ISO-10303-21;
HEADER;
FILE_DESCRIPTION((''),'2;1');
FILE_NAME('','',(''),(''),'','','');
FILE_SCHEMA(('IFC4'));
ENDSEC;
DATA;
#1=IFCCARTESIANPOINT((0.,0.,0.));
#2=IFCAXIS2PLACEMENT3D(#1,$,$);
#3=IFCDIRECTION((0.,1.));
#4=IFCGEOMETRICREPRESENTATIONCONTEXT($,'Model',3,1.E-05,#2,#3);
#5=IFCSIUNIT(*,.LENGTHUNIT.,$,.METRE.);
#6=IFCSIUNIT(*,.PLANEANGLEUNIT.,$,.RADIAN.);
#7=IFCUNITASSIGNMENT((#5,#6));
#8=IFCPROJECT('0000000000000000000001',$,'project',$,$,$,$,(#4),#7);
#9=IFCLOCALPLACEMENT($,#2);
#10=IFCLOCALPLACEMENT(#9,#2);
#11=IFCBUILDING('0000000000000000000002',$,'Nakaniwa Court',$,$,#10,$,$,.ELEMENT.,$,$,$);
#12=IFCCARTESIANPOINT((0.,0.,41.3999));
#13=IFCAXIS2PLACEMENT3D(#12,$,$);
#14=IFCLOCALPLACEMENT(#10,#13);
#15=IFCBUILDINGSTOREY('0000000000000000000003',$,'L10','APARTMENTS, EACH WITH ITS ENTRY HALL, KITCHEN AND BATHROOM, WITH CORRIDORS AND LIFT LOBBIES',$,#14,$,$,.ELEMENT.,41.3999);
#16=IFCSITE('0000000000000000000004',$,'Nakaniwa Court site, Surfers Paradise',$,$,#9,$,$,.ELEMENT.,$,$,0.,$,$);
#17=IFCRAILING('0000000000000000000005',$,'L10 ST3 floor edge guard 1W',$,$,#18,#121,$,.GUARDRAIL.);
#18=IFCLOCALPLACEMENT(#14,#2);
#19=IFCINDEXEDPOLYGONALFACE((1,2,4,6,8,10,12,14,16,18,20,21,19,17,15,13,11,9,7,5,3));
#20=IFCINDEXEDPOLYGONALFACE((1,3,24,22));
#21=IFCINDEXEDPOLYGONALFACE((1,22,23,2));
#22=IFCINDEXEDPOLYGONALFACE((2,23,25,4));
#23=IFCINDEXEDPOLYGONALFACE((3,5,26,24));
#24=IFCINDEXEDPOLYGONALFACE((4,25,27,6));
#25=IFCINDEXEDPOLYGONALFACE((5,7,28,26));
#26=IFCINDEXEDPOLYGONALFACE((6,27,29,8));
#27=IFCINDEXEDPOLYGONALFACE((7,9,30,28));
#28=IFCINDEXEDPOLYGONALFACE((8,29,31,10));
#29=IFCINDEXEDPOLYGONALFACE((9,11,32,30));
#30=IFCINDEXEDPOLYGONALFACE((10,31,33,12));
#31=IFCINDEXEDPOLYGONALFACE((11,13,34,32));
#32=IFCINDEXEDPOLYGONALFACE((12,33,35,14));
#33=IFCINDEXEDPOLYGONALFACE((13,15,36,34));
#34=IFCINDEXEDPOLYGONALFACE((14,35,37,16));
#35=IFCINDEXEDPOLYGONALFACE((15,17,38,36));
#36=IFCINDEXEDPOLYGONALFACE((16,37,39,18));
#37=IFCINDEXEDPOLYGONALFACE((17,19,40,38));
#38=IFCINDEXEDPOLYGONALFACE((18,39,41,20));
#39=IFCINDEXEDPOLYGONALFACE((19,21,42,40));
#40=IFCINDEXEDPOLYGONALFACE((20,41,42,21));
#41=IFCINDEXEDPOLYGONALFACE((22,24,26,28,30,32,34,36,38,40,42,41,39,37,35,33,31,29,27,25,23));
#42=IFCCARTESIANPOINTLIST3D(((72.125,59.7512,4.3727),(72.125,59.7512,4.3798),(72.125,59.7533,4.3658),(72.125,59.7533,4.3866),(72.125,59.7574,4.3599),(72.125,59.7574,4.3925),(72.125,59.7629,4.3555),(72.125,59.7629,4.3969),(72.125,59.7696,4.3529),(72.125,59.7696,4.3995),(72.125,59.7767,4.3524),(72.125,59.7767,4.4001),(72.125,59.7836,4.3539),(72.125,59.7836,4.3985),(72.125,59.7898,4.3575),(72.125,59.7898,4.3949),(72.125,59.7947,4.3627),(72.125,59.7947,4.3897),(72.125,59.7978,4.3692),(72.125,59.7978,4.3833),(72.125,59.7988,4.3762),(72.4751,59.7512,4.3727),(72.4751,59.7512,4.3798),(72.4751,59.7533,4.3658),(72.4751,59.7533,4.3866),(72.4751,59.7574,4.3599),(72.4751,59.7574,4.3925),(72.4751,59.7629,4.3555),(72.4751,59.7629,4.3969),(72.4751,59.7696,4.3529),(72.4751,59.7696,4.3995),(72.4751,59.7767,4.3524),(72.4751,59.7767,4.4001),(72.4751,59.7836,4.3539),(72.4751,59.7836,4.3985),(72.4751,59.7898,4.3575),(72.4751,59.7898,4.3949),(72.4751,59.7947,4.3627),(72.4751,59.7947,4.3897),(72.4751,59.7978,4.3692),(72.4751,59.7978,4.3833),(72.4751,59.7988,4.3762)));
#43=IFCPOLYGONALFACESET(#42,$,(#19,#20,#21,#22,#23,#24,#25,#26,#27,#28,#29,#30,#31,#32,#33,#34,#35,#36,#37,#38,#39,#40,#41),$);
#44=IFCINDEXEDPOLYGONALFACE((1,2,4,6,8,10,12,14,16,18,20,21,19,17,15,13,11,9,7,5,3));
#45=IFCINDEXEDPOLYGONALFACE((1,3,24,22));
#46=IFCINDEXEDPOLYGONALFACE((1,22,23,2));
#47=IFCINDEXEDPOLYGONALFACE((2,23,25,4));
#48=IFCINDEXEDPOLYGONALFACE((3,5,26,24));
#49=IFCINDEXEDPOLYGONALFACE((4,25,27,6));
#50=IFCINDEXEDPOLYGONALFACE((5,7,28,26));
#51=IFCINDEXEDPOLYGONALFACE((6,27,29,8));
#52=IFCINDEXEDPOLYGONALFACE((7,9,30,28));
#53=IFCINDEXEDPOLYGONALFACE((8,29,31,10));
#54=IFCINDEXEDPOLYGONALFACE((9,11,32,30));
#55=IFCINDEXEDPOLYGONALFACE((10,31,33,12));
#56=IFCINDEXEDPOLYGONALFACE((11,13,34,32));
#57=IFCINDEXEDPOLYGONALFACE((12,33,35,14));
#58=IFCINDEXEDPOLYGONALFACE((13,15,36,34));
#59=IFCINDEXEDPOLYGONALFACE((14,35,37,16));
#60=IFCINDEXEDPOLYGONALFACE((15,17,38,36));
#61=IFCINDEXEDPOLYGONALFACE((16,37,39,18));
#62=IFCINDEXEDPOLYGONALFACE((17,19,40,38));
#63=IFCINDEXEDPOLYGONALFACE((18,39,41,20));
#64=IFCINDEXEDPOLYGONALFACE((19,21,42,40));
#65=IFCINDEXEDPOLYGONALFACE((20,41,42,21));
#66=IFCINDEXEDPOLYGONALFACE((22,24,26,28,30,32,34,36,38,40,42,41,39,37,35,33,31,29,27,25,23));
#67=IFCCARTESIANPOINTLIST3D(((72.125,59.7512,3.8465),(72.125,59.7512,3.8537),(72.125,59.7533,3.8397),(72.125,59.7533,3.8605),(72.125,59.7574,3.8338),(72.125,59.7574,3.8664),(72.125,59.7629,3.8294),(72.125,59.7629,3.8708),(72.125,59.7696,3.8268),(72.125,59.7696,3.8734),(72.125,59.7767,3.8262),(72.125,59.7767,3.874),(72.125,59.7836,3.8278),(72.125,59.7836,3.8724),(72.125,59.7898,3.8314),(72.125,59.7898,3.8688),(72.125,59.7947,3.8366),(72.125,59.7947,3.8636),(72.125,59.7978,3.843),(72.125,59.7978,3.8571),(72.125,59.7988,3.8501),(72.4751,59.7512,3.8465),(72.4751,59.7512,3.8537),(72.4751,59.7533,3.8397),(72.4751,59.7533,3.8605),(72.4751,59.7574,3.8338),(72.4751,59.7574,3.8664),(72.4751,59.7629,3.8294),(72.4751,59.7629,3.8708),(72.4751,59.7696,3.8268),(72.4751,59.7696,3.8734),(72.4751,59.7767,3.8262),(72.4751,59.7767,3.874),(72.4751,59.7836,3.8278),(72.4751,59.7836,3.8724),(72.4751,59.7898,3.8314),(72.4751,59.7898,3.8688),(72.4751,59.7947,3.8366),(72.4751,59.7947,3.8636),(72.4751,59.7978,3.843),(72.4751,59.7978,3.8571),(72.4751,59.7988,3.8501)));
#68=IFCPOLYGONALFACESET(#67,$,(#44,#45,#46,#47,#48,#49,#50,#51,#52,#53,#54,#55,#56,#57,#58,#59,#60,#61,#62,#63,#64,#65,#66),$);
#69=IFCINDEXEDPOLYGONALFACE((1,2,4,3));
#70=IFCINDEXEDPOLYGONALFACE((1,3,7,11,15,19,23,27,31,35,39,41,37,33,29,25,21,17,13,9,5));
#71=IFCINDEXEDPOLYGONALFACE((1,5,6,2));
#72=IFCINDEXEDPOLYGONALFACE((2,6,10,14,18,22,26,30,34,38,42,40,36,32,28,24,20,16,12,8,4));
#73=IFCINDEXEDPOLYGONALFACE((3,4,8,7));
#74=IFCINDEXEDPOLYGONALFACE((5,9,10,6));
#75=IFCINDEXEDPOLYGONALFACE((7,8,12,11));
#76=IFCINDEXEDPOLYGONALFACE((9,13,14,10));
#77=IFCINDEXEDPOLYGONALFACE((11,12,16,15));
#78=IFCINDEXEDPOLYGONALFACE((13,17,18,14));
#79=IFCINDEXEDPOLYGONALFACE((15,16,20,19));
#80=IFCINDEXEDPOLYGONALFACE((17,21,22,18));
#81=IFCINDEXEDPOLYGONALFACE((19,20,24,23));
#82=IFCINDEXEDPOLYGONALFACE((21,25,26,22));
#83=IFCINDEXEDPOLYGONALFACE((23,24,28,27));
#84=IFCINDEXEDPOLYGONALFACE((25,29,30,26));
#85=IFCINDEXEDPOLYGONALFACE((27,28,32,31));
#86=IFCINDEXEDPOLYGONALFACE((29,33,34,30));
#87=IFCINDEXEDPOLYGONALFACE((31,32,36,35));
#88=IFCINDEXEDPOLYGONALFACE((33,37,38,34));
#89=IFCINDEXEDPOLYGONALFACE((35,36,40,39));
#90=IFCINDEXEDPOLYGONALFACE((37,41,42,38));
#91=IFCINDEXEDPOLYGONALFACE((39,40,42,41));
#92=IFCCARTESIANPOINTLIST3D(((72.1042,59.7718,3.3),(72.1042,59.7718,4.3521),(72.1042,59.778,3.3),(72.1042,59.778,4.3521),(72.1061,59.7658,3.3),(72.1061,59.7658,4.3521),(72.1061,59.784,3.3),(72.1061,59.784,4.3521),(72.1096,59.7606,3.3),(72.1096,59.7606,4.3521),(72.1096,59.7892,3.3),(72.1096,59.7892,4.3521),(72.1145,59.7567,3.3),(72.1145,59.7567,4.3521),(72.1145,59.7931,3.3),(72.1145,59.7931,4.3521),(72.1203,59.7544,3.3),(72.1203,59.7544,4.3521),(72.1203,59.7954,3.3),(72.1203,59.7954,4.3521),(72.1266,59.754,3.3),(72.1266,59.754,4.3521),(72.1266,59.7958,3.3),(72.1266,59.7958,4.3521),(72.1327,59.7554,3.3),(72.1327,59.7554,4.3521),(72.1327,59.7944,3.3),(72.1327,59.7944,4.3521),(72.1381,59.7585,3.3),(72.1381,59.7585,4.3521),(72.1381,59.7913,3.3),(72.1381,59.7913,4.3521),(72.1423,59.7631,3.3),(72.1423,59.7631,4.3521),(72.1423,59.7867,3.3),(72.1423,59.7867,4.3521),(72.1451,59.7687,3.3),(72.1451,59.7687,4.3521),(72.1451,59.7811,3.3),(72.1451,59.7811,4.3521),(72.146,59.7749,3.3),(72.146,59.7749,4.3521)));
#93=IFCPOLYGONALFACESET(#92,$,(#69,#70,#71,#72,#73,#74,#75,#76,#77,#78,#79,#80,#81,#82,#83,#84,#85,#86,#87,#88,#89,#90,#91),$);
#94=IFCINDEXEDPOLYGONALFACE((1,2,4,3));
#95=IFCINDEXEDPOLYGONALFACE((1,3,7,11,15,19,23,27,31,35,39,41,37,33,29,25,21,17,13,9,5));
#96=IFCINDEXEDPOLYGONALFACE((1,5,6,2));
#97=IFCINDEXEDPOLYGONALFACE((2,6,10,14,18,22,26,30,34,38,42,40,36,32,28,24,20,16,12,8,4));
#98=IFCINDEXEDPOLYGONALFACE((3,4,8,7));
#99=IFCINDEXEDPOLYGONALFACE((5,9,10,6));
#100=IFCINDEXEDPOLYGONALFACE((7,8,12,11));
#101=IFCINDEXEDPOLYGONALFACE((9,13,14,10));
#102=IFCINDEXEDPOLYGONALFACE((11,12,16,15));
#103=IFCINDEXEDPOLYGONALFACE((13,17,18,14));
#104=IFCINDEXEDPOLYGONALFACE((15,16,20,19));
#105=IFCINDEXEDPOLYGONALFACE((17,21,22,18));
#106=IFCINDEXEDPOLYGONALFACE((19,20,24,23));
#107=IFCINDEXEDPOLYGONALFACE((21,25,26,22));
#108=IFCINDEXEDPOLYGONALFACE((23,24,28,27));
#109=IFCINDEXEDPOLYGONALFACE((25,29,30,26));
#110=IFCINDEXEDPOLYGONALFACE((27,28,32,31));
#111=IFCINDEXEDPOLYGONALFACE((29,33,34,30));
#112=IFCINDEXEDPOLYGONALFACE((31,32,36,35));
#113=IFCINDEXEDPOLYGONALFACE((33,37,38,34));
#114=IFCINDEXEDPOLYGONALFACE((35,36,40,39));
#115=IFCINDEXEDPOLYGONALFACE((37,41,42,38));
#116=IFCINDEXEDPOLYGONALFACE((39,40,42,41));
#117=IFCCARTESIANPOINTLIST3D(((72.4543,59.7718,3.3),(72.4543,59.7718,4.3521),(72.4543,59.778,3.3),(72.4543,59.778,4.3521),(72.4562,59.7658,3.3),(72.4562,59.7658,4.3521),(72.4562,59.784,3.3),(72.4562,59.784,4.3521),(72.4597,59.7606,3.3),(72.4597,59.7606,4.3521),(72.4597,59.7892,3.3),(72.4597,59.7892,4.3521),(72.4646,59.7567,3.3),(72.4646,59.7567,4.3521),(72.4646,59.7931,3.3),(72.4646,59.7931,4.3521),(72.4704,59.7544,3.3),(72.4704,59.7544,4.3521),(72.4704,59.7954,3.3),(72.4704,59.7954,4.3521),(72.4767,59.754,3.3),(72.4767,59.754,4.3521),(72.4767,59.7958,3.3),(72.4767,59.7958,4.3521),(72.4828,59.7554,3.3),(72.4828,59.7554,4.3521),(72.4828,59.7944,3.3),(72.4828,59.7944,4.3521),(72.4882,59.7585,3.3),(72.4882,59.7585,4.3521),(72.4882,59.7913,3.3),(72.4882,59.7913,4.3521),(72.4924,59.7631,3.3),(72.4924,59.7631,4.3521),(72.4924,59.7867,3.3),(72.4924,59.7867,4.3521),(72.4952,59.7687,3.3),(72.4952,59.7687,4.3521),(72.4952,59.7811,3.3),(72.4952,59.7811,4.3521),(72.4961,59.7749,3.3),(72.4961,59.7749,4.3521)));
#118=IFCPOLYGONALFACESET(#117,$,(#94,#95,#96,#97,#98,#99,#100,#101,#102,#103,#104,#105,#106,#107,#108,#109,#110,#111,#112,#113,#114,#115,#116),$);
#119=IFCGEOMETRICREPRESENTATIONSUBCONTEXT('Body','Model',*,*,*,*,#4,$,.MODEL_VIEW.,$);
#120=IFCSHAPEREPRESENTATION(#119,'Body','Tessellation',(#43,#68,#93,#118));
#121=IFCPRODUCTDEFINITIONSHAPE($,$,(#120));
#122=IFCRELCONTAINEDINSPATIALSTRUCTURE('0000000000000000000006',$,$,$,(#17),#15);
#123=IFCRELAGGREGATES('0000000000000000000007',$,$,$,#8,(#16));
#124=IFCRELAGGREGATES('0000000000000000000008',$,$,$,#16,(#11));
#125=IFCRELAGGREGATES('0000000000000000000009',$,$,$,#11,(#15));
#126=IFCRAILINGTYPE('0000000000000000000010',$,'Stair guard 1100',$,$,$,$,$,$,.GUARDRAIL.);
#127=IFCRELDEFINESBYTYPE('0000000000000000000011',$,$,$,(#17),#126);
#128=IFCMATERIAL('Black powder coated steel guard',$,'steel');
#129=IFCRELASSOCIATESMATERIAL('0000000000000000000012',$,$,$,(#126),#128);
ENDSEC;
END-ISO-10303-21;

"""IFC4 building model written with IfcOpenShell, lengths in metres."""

from ifc_helpers import new_model, si_unit, direction, frame, origin, origin_2d, place, context, subcontext, project, spatial, circle, extrude, material, type_object, element, save


model = new_model("IFC4")

# Units and contexts
model_context = context("Model", 3, precision=1e-05, world=origin(), true_north=direction((0.0, 1.0)))
body_context = subcontext(model_context, "Body", "Model", "MODEL_VIEW")
ifc_project = project(units=[si_unit("LENGTHUNIT", "METRE"), si_unit("PLANEANGLEUNIT", "RADIAN")], contexts=[model_context])

# Site, building, storey
site_placement = place(None, origin())
site = spatial("IfcSite", under=ifc_project, at=site_placement, Name="Nakaniwa Court site, Surfers Paradise", CompositionType="ELEMENT", RefElevation=0.0)
building_placement = place(site_placement, origin())
building = spatial("IfcBuilding", under=site, at=building_placement, Name="Nakaniwa Court", CompositionType="ELEMENT")
storey_placement = place(building_placement, frame((0.0, 0.0, 41.3999)))
storey = spatial("IfcBuildingStorey", under=building, at=storey_placement, Name="L10", Description="APARTMENTS, EACH WITH ITS ENTRY HALL, KITCHEN AND BATHROOM, WITH CORRIDORS AND LIFT LOBBIES", CompositionType="ELEMENT", Elevation=41.3999)

# Railing
ifc_material_1 = material(Name="Black powder coated steel guard", Category="steel")
railing_type_1 = type_object("IfcRailingType", Name="Stair guard 1100", PredefinedType="GUARDRAIL", material=ifc_material_1)
for number, where, name in (
    (1, (72.125, 59.7749, 3.3), "L10 ST3 floor edge guard 1W"),
):
    element("IfcRailing", number, at=place(storey_placement, frame(where)), inside=storey, type_object=railing_type_1, Name=name, PredefinedType="GUARDRAIL", context=body_context, shape_type="SweptSolid", body=[
        extrude(circle(Radius=0.0239, at=origin_2d()), frame((0.0, 0.0, 1.0762), z_axis=(1.0, 0.0, 0.0), x_axis=(0.0, 1.0, 0.0)), (0.0, 0.0, 1.0), 0.3501),
        extrude(circle(Radius=0.0239, at=origin_2d()), frame((0.0, 0.0, 0.55), z_axis=(1.0, 0.0, 0.0), x_axis=(0.0, 1.0, 0.0)), (0.0, 0.0, 1.0), 0.3501),
        extrude(circle(Radius=0.021, at=origin_2d()), origin(), (0.0, 0.0, 1.0), 1.052),
        extrude(circle(Radius=0.021, at=origin_2d()), frame((0.3501, 0.0, 0.0)), (0.0, 0.0, 1.0), 1.052),
    ])

save(model, "model.ifc")
